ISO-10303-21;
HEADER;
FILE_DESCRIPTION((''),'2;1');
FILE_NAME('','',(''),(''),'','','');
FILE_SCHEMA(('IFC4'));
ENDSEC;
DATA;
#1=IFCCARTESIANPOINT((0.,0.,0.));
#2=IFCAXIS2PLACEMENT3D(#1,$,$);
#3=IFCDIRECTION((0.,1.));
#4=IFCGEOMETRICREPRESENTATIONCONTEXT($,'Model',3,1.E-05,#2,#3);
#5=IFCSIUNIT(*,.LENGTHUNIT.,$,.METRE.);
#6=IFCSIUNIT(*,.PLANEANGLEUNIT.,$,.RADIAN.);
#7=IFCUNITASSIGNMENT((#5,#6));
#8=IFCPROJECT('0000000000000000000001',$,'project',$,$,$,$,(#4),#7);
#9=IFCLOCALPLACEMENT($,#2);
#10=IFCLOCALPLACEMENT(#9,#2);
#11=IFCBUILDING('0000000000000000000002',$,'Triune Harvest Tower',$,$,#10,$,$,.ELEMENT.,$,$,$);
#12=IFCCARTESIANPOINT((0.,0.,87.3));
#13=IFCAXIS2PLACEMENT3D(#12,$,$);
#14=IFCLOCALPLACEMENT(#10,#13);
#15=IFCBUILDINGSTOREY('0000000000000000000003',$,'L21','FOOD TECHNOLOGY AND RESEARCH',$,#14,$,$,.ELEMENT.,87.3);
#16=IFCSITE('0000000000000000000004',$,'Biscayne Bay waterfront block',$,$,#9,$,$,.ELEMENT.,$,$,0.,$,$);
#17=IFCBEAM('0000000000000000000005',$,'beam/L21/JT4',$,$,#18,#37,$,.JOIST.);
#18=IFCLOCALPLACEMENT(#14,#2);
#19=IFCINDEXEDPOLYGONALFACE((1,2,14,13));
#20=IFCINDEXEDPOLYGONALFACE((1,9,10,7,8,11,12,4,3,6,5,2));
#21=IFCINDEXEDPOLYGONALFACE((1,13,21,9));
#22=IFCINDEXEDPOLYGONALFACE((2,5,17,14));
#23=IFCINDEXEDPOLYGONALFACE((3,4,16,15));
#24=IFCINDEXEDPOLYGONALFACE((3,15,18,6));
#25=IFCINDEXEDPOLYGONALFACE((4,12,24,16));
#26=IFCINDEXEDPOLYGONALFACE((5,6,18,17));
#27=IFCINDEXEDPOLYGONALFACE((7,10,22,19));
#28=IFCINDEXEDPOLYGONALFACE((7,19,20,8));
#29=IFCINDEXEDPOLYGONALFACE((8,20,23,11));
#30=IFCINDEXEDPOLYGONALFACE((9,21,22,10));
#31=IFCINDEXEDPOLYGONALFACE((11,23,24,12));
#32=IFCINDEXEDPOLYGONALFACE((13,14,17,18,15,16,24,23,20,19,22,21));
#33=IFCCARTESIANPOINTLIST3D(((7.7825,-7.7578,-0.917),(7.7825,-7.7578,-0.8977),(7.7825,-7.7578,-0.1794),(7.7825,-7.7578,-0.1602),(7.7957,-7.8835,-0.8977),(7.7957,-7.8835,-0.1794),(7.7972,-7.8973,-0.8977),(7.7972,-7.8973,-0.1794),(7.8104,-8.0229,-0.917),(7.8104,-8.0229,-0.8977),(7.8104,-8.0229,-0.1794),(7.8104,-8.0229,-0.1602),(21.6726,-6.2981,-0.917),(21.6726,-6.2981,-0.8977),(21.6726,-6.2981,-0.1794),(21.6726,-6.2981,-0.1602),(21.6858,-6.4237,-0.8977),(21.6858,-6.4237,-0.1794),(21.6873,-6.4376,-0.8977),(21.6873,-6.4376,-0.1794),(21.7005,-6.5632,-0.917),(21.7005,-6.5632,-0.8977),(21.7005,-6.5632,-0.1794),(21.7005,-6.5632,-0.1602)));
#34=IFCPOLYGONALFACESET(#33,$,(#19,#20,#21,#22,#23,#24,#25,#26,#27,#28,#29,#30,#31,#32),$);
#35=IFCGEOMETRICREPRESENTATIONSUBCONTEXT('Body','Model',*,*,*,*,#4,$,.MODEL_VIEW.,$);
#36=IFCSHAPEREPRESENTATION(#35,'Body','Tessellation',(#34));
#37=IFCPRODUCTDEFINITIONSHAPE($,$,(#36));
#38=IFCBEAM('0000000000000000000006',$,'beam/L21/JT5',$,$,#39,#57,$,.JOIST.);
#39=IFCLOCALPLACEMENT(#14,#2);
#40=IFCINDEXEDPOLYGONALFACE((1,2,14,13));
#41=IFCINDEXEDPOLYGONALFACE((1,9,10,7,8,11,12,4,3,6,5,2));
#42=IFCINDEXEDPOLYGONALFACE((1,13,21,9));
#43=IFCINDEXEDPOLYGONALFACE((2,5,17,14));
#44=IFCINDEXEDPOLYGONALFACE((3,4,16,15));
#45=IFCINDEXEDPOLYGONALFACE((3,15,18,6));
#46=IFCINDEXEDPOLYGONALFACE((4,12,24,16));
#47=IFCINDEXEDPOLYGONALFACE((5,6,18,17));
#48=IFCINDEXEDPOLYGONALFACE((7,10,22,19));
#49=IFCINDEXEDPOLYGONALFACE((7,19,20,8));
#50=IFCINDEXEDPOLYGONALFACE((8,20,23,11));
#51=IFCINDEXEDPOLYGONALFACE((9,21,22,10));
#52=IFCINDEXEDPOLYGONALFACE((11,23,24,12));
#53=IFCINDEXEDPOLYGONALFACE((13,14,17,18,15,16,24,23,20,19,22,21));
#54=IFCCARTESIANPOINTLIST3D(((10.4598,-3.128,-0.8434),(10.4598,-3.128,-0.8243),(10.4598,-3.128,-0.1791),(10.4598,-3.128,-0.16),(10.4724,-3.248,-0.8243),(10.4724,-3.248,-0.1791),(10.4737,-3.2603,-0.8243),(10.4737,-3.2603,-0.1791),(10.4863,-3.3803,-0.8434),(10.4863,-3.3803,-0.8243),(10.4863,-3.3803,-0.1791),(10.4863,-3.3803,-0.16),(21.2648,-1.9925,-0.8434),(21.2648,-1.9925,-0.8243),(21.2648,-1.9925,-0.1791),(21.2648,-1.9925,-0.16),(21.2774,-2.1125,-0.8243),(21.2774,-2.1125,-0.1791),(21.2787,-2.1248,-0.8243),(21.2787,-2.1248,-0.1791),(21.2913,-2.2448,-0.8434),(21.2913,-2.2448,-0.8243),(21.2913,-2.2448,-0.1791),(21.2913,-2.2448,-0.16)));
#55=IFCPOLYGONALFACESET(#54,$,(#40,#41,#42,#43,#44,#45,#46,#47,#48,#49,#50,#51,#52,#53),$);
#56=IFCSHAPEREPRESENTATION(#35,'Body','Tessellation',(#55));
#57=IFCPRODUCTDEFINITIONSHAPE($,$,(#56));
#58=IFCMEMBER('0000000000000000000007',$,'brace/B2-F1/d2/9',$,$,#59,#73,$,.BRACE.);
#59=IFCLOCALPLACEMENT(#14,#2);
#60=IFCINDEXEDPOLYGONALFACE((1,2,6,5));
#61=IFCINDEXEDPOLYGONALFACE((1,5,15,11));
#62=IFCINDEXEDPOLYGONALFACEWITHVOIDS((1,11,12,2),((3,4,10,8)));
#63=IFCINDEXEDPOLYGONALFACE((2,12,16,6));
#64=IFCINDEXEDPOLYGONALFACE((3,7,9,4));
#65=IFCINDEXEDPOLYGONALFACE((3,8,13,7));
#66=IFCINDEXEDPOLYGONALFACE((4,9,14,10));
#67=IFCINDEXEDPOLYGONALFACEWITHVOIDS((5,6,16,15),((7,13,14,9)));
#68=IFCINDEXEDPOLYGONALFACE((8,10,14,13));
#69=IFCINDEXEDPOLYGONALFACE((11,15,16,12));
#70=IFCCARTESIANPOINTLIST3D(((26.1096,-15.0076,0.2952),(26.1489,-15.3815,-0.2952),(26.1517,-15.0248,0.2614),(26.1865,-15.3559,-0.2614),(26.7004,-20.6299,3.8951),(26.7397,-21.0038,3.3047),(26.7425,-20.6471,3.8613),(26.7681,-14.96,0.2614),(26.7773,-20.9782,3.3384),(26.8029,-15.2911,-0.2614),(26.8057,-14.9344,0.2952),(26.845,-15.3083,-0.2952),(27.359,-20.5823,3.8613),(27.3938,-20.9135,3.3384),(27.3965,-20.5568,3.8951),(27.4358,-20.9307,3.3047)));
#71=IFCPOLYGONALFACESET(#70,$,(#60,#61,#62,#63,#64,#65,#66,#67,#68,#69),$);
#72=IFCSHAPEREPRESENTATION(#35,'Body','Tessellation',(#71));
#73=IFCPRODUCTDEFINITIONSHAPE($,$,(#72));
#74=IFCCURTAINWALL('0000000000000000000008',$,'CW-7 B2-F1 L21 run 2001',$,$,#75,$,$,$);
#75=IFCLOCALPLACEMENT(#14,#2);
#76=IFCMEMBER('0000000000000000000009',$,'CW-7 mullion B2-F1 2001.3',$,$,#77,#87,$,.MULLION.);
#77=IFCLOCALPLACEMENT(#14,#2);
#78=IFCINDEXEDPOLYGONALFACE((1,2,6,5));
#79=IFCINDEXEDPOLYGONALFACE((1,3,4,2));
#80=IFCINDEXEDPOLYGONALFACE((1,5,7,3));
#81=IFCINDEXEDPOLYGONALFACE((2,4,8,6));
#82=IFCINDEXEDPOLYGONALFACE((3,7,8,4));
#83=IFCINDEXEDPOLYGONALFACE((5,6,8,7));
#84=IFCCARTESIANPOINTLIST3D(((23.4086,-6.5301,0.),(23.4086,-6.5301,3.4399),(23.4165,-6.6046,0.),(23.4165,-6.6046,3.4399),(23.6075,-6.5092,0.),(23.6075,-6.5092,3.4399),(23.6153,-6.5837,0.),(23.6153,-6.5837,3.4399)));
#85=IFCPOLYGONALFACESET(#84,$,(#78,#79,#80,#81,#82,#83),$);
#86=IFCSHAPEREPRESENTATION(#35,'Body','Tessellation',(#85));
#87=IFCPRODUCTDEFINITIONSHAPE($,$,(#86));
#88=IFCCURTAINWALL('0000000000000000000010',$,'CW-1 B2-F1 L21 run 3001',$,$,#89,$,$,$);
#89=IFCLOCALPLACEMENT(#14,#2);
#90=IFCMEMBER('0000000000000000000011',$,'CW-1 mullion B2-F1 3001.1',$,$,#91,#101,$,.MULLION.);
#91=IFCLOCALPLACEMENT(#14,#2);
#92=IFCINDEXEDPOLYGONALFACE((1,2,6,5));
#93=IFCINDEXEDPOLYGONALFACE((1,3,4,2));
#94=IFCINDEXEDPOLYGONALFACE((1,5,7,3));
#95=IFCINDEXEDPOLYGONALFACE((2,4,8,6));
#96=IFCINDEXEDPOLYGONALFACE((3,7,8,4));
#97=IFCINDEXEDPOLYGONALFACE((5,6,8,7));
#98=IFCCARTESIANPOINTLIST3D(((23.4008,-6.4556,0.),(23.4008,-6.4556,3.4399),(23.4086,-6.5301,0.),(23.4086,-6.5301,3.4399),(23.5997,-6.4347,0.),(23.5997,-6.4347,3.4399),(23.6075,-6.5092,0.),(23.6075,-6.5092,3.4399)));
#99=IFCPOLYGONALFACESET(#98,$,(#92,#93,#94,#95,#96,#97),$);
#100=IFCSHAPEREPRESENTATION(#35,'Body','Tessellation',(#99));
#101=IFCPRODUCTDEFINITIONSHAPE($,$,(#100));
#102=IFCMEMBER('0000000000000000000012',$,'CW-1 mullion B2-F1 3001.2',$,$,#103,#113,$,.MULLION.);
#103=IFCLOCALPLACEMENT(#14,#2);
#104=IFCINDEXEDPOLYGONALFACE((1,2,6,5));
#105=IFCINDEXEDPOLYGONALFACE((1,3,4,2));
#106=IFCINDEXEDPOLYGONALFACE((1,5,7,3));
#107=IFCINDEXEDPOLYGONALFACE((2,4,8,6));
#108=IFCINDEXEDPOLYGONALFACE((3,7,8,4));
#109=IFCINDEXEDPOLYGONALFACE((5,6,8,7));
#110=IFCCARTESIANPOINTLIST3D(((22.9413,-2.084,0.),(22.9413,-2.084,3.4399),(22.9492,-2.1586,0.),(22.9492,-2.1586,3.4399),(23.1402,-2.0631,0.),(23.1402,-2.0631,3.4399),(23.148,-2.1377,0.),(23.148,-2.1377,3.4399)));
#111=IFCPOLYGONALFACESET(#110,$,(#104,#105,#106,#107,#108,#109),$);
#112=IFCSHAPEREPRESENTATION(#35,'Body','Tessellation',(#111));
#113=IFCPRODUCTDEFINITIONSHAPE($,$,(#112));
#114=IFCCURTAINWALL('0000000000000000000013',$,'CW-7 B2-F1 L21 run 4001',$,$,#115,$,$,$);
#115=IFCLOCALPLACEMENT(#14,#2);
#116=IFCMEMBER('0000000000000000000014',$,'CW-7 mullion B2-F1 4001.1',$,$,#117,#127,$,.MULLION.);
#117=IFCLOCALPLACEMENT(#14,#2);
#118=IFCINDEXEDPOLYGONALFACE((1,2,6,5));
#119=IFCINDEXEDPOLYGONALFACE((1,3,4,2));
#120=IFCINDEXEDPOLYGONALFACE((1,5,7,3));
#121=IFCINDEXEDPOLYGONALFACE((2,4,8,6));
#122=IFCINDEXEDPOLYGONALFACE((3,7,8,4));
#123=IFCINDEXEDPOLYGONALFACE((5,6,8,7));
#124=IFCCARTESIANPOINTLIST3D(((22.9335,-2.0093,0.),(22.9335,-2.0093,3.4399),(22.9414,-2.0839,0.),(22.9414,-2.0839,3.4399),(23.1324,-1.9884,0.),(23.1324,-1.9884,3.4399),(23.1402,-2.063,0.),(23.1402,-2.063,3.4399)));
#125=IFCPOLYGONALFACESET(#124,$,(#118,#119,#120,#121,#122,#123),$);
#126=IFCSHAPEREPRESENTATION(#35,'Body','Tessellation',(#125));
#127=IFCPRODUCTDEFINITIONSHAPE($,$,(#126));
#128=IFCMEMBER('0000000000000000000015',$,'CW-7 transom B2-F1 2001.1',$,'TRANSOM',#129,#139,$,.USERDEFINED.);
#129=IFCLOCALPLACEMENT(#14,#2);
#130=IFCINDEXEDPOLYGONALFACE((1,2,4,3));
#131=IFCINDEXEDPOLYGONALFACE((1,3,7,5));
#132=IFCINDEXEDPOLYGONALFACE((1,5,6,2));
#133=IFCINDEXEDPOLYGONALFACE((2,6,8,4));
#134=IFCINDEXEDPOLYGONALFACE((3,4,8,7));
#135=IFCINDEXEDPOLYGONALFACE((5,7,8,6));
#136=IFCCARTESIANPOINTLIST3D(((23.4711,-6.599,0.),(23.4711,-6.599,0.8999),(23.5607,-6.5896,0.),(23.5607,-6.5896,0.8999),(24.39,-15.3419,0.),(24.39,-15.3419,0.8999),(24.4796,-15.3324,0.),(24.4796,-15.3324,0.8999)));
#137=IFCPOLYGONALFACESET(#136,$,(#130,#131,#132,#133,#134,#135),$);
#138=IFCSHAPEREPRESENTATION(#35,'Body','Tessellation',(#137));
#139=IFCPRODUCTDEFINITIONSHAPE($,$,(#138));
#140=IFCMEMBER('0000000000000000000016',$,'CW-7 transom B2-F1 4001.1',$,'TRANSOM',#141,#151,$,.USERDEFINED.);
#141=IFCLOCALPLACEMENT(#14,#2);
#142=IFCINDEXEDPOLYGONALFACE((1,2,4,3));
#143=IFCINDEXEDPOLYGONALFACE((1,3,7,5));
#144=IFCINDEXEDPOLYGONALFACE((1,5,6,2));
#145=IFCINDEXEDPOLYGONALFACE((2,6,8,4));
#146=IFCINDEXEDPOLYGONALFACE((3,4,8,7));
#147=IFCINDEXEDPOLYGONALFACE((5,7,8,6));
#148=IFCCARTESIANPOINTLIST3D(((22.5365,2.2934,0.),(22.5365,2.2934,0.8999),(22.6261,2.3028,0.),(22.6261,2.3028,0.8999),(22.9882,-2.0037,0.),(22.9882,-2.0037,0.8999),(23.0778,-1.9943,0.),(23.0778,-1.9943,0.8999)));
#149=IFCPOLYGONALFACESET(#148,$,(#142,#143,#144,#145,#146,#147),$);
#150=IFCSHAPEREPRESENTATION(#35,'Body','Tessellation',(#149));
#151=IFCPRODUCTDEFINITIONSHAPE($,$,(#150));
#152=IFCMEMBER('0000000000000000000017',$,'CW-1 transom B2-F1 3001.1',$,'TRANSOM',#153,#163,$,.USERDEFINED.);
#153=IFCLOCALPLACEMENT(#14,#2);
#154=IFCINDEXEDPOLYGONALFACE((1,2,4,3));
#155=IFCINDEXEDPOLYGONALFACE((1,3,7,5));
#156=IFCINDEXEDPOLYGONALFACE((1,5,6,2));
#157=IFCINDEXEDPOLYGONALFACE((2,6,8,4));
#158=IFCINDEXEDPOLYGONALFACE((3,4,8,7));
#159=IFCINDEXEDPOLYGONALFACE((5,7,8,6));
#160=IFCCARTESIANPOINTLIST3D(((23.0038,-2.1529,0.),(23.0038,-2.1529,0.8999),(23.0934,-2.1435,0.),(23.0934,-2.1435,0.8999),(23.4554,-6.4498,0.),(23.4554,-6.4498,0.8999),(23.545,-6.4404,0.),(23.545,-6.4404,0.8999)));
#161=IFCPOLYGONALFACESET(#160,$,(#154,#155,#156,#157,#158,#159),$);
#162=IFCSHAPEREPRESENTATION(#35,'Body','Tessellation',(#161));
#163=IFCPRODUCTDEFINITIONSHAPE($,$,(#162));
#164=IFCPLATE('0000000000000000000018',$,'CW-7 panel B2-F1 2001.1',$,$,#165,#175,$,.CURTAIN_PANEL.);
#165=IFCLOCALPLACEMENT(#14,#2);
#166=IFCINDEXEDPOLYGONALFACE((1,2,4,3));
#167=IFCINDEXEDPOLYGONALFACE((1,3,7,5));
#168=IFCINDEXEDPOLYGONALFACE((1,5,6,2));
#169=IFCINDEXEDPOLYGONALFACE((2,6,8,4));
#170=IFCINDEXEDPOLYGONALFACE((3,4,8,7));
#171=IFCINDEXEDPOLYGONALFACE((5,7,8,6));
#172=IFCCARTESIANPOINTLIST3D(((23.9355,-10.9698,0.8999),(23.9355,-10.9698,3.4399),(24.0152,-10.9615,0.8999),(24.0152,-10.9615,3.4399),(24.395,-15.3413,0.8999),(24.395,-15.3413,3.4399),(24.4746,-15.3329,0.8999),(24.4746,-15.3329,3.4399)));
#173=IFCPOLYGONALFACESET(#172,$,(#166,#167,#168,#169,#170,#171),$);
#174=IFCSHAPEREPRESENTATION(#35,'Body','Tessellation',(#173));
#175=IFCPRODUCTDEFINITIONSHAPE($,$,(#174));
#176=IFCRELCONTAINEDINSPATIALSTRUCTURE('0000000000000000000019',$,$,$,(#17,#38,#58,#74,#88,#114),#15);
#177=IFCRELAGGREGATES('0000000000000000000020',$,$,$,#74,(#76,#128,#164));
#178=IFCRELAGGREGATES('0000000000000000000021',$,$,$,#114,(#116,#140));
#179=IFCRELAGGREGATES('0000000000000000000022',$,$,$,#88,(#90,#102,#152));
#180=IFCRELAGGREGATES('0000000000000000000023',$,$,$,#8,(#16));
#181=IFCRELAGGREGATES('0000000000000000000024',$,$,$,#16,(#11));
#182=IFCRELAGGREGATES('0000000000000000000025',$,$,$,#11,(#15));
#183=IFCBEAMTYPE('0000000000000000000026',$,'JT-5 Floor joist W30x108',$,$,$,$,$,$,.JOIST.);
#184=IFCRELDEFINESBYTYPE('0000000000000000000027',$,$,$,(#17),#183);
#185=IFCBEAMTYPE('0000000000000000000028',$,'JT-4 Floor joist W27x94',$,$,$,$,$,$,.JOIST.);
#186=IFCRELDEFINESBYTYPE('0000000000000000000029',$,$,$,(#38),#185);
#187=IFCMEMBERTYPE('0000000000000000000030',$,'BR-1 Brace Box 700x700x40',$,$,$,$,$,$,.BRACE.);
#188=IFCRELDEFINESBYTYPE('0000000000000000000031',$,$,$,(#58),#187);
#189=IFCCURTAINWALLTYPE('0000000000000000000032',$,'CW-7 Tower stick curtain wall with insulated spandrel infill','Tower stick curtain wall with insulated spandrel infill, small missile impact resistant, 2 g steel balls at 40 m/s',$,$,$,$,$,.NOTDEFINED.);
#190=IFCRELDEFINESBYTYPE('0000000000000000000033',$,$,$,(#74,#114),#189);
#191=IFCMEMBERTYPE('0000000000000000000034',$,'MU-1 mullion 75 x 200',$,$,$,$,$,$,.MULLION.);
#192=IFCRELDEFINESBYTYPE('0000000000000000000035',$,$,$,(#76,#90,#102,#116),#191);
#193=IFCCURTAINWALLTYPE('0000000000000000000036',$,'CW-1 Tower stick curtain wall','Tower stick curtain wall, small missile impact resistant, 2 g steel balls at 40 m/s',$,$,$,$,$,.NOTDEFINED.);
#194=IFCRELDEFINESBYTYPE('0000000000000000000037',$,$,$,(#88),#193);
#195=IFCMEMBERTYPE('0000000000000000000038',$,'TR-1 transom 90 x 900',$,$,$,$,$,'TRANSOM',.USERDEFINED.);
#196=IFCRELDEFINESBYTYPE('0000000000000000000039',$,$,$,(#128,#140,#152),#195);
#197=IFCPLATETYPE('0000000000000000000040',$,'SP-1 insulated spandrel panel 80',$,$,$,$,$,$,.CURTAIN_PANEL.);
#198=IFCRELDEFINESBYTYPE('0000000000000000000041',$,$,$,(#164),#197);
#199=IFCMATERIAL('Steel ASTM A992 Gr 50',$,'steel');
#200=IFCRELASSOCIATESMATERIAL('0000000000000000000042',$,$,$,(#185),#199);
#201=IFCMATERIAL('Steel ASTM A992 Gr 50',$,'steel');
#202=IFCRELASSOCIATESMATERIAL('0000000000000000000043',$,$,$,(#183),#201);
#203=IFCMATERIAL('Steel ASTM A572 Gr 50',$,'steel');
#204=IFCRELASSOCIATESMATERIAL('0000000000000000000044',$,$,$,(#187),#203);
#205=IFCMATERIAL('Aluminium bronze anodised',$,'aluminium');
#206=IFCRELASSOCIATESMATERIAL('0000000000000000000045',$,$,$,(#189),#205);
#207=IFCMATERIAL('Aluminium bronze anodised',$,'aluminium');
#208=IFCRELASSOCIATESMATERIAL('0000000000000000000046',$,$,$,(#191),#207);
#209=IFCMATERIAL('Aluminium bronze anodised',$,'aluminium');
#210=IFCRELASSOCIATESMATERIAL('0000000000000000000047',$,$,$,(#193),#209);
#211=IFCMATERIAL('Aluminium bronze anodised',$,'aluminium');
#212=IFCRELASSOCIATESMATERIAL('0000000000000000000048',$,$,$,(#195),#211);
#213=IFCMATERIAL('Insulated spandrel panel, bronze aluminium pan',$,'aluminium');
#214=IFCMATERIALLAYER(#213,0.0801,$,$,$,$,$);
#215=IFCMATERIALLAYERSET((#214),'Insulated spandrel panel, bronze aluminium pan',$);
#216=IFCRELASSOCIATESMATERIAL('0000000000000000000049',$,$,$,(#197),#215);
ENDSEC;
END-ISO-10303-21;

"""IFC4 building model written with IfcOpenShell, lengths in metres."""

from ifc_helpers import new_model, si_unit, direction, frame, origin, origin_2d, place, context, subcontext, project, spatial, rectangle, hollow_rectangle, i_section, extrude, source, transform, mapped, material, layer, layer_set, material_profile, profile_set, type_object, element, aggregate, save


model = new_model("IFC4")

# Units and contexts
model_context = context("Model", 3, precision=1e-05, world=origin(), true_north=direction((0.0, 1.0)))
body_context = subcontext(model_context, "Body", "Model", "MODEL_VIEW")
ifc_project = project(units=[si_unit("LENGTHUNIT", "METRE"), si_unit("PLANEANGLEUNIT", "RADIAN")], contexts=[model_context])

# Site, building, storey
site_placement = place(None, origin())
site = spatial("IfcSite", under=ifc_project, at=site_placement, Name="Biscayne Bay waterfront block", CompositionType="ELEMENT", RefElevation=0.0)
building_placement = place(site_placement, origin())
building = spatial("IfcBuilding", under=site, at=building_placement, Name="Triune Harvest Tower", CompositionType="ELEMENT")
storey_placement = place(building_placement, frame((0.0, 0.0, 87.3)))
storey = spatial("IfcBuildingStorey", under=building, at=storey_placement, Name="L21", Description="FOOD TECHNOLOGY AND RESEARCH", CompositionType="ELEMENT", Elevation=87.3)

# Beams
ifc_material_1 = material(Name="Steel ASTM A992 Gr 50", Category="steel")
ifc_material_profile_1 = material_profile(ifc_material_1, i_section(OverallWidth=0.2537, OverallDepth=0.6833, WebThickness=0.0125, FlangeThickness=0.019, at=origin_2d()), Name="W27x94")
ifc_profile_set_1 = profile_set([ifc_material_profile_1], Name="Steel ASTM A992 Gr 50")
beam_type_1 = type_object("IfcBeamType", Name="JT-4 Floor joist W27x94", PredefinedType="JOIST", material=ifc_profile_set_1)
ifc_material_2 = material(Name="Steel ASTM A992 Gr 50", Category="steel")
ifc_material_profile_2 = material_profile(ifc_material_2, i_section(OverallWidth=0.2666, OverallDepth=0.7568, WebThickness=0.0139, FlangeThickness=0.0193, at=origin_2d()), Name="W30x108")
ifc_profile_set_2 = profile_set([ifc_material_profile_2], Name="Steel ASTM A992 Gr 50")
beam_type_2 = type_object("IfcBeamType", Name="JT-5 Floor joist W30x108", PredefinedType="JOIST", material=ifc_profile_set_2)
shared_shape_1 = source(origin(), body_context, "Body", "SweptSolid", [
    extrude(i_section(OverallWidth=0.2666, OverallDepth=0.7568, WebThickness=0.0139, FlangeThickness=0.0193, at=origin_2d()), origin(), (0.0, 0.0, 1.0), 13.9666),
])
beam_1_placement = place(storey_placement, frame((21.6865, -6.4307, -0.5386), z_axis=(-0.994523, -0.104515, 0.0), x_axis=(0.104515, -0.994523, 0.0)))
element("IfcBeam", 1, at=beam_1_placement, inside=storey, type_object=beam_type_2, Name="beam/L21/JT4", PredefinedType="JOIST", context=body_context, shape_type="MappedRepresentation", body=[
    mapped(shared_shape_1, transform((0.0, 0.0, 0.0), scale=1.0)),
])
shared_shape_2 = source(origin(), body_context, "Body", "SweptSolid", [
    extrude(i_section(OverallWidth=0.2537, OverallDepth=0.6833, WebThickness=0.0125, FlangeThickness=0.019, at=origin_2d()), origin(), (0.0, 0.0, 1.0), 10.8645),
])
beam_2_placement = place(storey_placement, frame((21.2781, -2.1187, -0.5017), z_axis=(-0.994523, -0.104515, 0.0), x_axis=(0.104515, -0.994523, 0.0)))
element("IfcBeam", 2, at=beam_2_placement, inside=storey, type_object=beam_type_1, Name="beam/L21/JT5", PredefinedType="JOIST", context=body_context, shape_type="MappedRepresentation", body=[
    mapped(shared_shape_2, transform((0.0, 0.0, 0.0), scale=1.0)),
])

# Member
ifc_material_3 = material(Name="Steel ASTM A572 Gr 50", Category="steel")
ifc_material_profile_3 = material_profile(ifc_material_3, hollow_rectangle(XDim=0.7, YDim=0.7, WallThickness=0.04, at=origin_2d()), Name="Box 700x700x40")
ifc_profile_set_3 = profile_set([ifc_material_profile_3], Name="Steel ASTM A572 Gr 50")
member_type_1 = type_object("IfcMemberType", Name="BR-1 Brace Box 700x700x40", PredefinedType="BRACE", material=ifc_profile_set_3)
shared_shape_3 = source(origin(), body_context, "Body", "SweptSolid", [
    extrude(hollow_rectangle(XDim=0.7, YDim=0.7, WallThickness=0.04, at=origin_2d()), origin(), (0.0, 0.0, 1.0), 6.7021),
])
member_1_placement = place(storey_placement, frame((26.4773, -15.158, 0.0), z_axis=(0.088154, -0.838886, 0.537121), x_axis=(0.994524, 0.104509, 0.0)))
element("IfcMember", 3, at=member_1_placement, inside=storey, type_object=member_type_1, Name="brace/B2-F1/d2/9", PredefinedType="BRACE", context=body_context, shape_type="MappedRepresentation", body=[
    mapped(shared_shape_3, transform((0.0, 0.0, 0.0), scale=1.0)),
])

# Curtain wall, member
ifc_material_4 = material(Name="Aluminium bronze anodised", Category="aluminium")
curtain_wall_type_1 = type_object("IfcCurtainWallType", Name="CW-7 Tower stick curtain wall with insulated spandrel infill", Description="Tower stick curtain wall with insulated spandrel infill, small missile impact resistant, 2 g steel balls at 40 m/s", PredefinedType="NOTDEFINED", material=ifc_material_4)
curtain_wall_1_placement = place(storey_placement, origin())
curtain_wall_1 = element("IfcCurtainWall", 4, at=curtain_wall_1_placement, inside=storey, type_object=curtain_wall_type_1, Name="CW-7 B2-F1 L21 run 2001")
ifc_material_5 = material(Name="Aluminium bronze anodised", Category="aluminium")
ifc_material_profile_4 = material_profile(ifc_material_5, rectangle(XDim=0.2, YDim=0.075, at=origin_2d()), Name="MU-1 mullion 75 x 200")
ifc_profile_set_4 = profile_set([ifc_material_profile_4], Name="Aluminium bronze anodised")
member_type_2 = type_object("IfcMemberType", Name="MU-1 mullion 75 x 200", PredefinedType="MULLION", material=ifc_profile_set_4)
shared_shape_4 = source(origin(), body_context, "Body", "SweptSolid", [
    extrude(rectangle(XDim=0.2, YDim=0.075, at=origin_2d()), origin(), (0.0, 0.0, 1.0), 3.4399),
])
member_2_placement = place(storey_placement, frame((23.512, -6.5569, 0.0), z_axis=(0.0, 0.0, 1.0), x_axis=(-0.994522, -0.104528, 0.0)))
member_2 = element("IfcMember", 5, at=member_2_placement, type_object=member_type_2, Name="CW-7 mullion B2-F1 2001.3", PredefinedType="MULLION", context=body_context, shape_type="MappedRepresentation", body=[
    mapped(shared_shape_4, transform((0.0, 0.0, 0.0), scale=1.0)),
])

# Curtain wall, members
ifc_material_6 = material(Name="Aluminium bronze anodised", Category="aluminium")
curtain_wall_type_2 = type_object("IfcCurtainWallType", Name="CW-1 Tower stick curtain wall", Description="Tower stick curtain wall, small missile impact resistant, 2 g steel balls at 40 m/s", PredefinedType="NOTDEFINED", material=ifc_material_6)
curtain_wall_2_placement = place(storey_placement, origin())
curtain_wall_2 = element("IfcCurtainWall", 6, at=curtain_wall_2_placement, inside=storey, type_object=curtain_wall_type_2, Name="CW-1 B2-F1 L21 run 3001")
member_3_placement = place(storey_placement, frame((23.5042, -6.4824, 0.0), z_axis=(0.0, 0.0, 1.0), x_axis=(-0.994522, -0.104528, 0.0)))
member_3 = element("IfcMember", 7, at=member_3_placement, type_object=member_type_2, Name="CW-1 mullion B2-F1 3001.1", PredefinedType="MULLION", context=body_context, shape_type="MappedRepresentation", body=[
    mapped(shared_shape_4, transform((0.0, 0.0, 0.0), scale=1.0)),
])
member_4_placement = place(storey_placement, frame((23.0447, -2.1108, 0.0), z_axis=(0.0, 0.0, 1.0), x_axis=(-0.994522, -0.104528, 0.0)))
member_4 = element("IfcMember", 8, at=member_4_placement, type_object=member_type_2, Name="CW-1 mullion B2-F1 3001.2", PredefinedType="MULLION", context=body_context, shape_type="MappedRepresentation", body=[
    mapped(shared_shape_4, transform((0.0, 0.0, 0.0), scale=1.0)),
])

# Curtain wall, member
curtain_wall_3_placement = place(storey_placement, origin())
curtain_wall_3 = element("IfcCurtainWall", 9, at=curtain_wall_3_placement, inside=storey, type_object=curtain_wall_type_1, Name="CW-7 B2-F1 L21 run 4001")
member_5_placement = place(storey_placement, frame((23.0369, -2.0361, 0.0), z_axis=(0.0, 0.0, 1.0), x_axis=(-0.994522, -0.104528, 0.0)))
member_5 = element("IfcMember", 10, at=member_5_placement, type_object=member_type_2, Name="CW-7 mullion B2-F1 4001.1", PredefinedType="MULLION", context=body_context, shape_type="MappedRepresentation", body=[
    mapped(shared_shape_4, transform((0.0, 0.0, 0.0), scale=1.0)),
])

# Members
ifc_material_7 = material(Name="Aluminium bronze anodised", Category="aluminium")
ifc_material_profile_5 = material_profile(ifc_material_7, rectangle(XDim=0.0901, YDim=0.8999, at=origin_2d()), Name="TR-1 transom 90 x 900")
ifc_profile_set_5 = profile_set([ifc_material_profile_5], Name="Aluminium bronze anodised")
member_type_3 = type_object("IfcMemberType", Name="TR-1 transom 90 x 900", ElementType="TRANSOM", PredefinedType="USERDEFINED", material=ifc_profile_set_5)
shared_shape_5 = source(origin(), body_context, "Body", "SweptSolid", [
    extrude(rectangle(XDim=0.0901, YDim=0.8999, at=origin_2d()), origin(), (0.0, 0.0, 1.0), 8.791),
])
member_6_placement = place(storey_placement, frame((24.4348, -15.3372, 0.45), z_axis=(-0.104532, 0.994522, 0.0), x_axis=(-0.994522, -0.104532, 0.0)))
member_6 = element("IfcMember", 11, at=member_6_placement, type_object=member_type_3, Name="CW-7 transom B2-F1 2001.1", ObjectType="TRANSOM", PredefinedType="USERDEFINED", context=body_context, shape_type="MappedRepresentation", body=[
    mapped(shared_shape_5, transform((0.0, 0.0, 0.0), scale=1.0)),
])
shared_shape_6 = source(origin(), body_context, "Body", "SweptSolid", [
    extrude(rectangle(XDim=0.0901, YDim=0.8999, at=origin_2d()), origin(), (0.0, 0.0, 1.0), 4.3208),
])
member_7_placement = place(storey_placement, frame((23.033, -1.999, 0.45), z_axis=(-0.104532, 0.994522, 0.0), x_axis=(-0.994522, -0.104532, 0.0)))
member_7 = element("IfcMember", 12, at=member_7_placement, type_object=member_type_3, Name="CW-7 transom B2-F1 4001.1", ObjectType="TRANSOM", PredefinedType="USERDEFINED", context=body_context, shape_type="MappedRepresentation", body=[
    mapped(shared_shape_6, transform((0.0, 0.0, 0.0), scale=1.0)),
])
shared_shape_7 = source(origin(), body_context, "Body", "SweptSolid", [
    extrude(rectangle(XDim=0.0901, YDim=0.8999, at=origin_2d()), origin(), (0.0, 0.0, 1.0), 4.3206),
])
member_8_placement = place(storey_placement, frame((23.5002, -6.4451, 0.45), z_axis=(-0.104538, 0.994521, 0.0), x_axis=(-0.994521, -0.104538, 0.0)))
member_8 = element("IfcMember", 13, at=member_8_placement, type_object=member_type_3, Name="CW-1 transom B2-F1 3001.1", ObjectType="TRANSOM", PredefinedType="USERDEFINED", context=body_context, shape_type="MappedRepresentation", body=[
    mapped(shared_shape_7, transform((0.0, 0.0, 0.0), scale=1.0)),
])

# Plate
ifc_material_8 = material(Name="Insulated spandrel panel, bronze aluminium pan", Category="aluminium")
ifc_layer_1 = layer(ifc_material_8, 0.0801)
ifc_layer_set_1 = layer_set([ifc_layer_1], Name="Insulated spandrel panel, bronze aluminium pan")
plate_type_1 = type_object("IfcPlateType", Name="SP-1 insulated spandrel panel 80", PredefinedType="CURTAIN_PANEL", material=ifc_layer_set_1)
shared_shape_8 = source(origin(), body_context, "Body", "SweptSolid", [
    extrude(rectangle(XDim=4.3955, YDim=0.0801, at=origin_2d()), origin(), (0.0, 0.0, 1.0), 2.54),
])
plate_1_placement = place(storey_placement, frame((24.2051, -13.1514, 0.8999), z_axis=(0.0, 0.0, 1.0), x_axis=(-0.104528, 0.994522, 0.0)))
plate_1 = element("IfcPlate", 14, at=plate_1_placement, type_object=plate_type_1, Name="CW-7 panel B2-F1 2001.1", PredefinedType="CURTAIN_PANEL", context=body_context, shape_type="MappedRepresentation", body=[
    mapped(shared_shape_8, transform((0.0, 0.0, 0.0), scale=1.0)),
])
aggregate(curtain_wall_1, [member_2, member_6, plate_1])
aggregate(curtain_wall_3, [member_5, member_7])
aggregate(curtain_wall_2, [member_3, member_4, member_8])

save(model, "model.ifc")
